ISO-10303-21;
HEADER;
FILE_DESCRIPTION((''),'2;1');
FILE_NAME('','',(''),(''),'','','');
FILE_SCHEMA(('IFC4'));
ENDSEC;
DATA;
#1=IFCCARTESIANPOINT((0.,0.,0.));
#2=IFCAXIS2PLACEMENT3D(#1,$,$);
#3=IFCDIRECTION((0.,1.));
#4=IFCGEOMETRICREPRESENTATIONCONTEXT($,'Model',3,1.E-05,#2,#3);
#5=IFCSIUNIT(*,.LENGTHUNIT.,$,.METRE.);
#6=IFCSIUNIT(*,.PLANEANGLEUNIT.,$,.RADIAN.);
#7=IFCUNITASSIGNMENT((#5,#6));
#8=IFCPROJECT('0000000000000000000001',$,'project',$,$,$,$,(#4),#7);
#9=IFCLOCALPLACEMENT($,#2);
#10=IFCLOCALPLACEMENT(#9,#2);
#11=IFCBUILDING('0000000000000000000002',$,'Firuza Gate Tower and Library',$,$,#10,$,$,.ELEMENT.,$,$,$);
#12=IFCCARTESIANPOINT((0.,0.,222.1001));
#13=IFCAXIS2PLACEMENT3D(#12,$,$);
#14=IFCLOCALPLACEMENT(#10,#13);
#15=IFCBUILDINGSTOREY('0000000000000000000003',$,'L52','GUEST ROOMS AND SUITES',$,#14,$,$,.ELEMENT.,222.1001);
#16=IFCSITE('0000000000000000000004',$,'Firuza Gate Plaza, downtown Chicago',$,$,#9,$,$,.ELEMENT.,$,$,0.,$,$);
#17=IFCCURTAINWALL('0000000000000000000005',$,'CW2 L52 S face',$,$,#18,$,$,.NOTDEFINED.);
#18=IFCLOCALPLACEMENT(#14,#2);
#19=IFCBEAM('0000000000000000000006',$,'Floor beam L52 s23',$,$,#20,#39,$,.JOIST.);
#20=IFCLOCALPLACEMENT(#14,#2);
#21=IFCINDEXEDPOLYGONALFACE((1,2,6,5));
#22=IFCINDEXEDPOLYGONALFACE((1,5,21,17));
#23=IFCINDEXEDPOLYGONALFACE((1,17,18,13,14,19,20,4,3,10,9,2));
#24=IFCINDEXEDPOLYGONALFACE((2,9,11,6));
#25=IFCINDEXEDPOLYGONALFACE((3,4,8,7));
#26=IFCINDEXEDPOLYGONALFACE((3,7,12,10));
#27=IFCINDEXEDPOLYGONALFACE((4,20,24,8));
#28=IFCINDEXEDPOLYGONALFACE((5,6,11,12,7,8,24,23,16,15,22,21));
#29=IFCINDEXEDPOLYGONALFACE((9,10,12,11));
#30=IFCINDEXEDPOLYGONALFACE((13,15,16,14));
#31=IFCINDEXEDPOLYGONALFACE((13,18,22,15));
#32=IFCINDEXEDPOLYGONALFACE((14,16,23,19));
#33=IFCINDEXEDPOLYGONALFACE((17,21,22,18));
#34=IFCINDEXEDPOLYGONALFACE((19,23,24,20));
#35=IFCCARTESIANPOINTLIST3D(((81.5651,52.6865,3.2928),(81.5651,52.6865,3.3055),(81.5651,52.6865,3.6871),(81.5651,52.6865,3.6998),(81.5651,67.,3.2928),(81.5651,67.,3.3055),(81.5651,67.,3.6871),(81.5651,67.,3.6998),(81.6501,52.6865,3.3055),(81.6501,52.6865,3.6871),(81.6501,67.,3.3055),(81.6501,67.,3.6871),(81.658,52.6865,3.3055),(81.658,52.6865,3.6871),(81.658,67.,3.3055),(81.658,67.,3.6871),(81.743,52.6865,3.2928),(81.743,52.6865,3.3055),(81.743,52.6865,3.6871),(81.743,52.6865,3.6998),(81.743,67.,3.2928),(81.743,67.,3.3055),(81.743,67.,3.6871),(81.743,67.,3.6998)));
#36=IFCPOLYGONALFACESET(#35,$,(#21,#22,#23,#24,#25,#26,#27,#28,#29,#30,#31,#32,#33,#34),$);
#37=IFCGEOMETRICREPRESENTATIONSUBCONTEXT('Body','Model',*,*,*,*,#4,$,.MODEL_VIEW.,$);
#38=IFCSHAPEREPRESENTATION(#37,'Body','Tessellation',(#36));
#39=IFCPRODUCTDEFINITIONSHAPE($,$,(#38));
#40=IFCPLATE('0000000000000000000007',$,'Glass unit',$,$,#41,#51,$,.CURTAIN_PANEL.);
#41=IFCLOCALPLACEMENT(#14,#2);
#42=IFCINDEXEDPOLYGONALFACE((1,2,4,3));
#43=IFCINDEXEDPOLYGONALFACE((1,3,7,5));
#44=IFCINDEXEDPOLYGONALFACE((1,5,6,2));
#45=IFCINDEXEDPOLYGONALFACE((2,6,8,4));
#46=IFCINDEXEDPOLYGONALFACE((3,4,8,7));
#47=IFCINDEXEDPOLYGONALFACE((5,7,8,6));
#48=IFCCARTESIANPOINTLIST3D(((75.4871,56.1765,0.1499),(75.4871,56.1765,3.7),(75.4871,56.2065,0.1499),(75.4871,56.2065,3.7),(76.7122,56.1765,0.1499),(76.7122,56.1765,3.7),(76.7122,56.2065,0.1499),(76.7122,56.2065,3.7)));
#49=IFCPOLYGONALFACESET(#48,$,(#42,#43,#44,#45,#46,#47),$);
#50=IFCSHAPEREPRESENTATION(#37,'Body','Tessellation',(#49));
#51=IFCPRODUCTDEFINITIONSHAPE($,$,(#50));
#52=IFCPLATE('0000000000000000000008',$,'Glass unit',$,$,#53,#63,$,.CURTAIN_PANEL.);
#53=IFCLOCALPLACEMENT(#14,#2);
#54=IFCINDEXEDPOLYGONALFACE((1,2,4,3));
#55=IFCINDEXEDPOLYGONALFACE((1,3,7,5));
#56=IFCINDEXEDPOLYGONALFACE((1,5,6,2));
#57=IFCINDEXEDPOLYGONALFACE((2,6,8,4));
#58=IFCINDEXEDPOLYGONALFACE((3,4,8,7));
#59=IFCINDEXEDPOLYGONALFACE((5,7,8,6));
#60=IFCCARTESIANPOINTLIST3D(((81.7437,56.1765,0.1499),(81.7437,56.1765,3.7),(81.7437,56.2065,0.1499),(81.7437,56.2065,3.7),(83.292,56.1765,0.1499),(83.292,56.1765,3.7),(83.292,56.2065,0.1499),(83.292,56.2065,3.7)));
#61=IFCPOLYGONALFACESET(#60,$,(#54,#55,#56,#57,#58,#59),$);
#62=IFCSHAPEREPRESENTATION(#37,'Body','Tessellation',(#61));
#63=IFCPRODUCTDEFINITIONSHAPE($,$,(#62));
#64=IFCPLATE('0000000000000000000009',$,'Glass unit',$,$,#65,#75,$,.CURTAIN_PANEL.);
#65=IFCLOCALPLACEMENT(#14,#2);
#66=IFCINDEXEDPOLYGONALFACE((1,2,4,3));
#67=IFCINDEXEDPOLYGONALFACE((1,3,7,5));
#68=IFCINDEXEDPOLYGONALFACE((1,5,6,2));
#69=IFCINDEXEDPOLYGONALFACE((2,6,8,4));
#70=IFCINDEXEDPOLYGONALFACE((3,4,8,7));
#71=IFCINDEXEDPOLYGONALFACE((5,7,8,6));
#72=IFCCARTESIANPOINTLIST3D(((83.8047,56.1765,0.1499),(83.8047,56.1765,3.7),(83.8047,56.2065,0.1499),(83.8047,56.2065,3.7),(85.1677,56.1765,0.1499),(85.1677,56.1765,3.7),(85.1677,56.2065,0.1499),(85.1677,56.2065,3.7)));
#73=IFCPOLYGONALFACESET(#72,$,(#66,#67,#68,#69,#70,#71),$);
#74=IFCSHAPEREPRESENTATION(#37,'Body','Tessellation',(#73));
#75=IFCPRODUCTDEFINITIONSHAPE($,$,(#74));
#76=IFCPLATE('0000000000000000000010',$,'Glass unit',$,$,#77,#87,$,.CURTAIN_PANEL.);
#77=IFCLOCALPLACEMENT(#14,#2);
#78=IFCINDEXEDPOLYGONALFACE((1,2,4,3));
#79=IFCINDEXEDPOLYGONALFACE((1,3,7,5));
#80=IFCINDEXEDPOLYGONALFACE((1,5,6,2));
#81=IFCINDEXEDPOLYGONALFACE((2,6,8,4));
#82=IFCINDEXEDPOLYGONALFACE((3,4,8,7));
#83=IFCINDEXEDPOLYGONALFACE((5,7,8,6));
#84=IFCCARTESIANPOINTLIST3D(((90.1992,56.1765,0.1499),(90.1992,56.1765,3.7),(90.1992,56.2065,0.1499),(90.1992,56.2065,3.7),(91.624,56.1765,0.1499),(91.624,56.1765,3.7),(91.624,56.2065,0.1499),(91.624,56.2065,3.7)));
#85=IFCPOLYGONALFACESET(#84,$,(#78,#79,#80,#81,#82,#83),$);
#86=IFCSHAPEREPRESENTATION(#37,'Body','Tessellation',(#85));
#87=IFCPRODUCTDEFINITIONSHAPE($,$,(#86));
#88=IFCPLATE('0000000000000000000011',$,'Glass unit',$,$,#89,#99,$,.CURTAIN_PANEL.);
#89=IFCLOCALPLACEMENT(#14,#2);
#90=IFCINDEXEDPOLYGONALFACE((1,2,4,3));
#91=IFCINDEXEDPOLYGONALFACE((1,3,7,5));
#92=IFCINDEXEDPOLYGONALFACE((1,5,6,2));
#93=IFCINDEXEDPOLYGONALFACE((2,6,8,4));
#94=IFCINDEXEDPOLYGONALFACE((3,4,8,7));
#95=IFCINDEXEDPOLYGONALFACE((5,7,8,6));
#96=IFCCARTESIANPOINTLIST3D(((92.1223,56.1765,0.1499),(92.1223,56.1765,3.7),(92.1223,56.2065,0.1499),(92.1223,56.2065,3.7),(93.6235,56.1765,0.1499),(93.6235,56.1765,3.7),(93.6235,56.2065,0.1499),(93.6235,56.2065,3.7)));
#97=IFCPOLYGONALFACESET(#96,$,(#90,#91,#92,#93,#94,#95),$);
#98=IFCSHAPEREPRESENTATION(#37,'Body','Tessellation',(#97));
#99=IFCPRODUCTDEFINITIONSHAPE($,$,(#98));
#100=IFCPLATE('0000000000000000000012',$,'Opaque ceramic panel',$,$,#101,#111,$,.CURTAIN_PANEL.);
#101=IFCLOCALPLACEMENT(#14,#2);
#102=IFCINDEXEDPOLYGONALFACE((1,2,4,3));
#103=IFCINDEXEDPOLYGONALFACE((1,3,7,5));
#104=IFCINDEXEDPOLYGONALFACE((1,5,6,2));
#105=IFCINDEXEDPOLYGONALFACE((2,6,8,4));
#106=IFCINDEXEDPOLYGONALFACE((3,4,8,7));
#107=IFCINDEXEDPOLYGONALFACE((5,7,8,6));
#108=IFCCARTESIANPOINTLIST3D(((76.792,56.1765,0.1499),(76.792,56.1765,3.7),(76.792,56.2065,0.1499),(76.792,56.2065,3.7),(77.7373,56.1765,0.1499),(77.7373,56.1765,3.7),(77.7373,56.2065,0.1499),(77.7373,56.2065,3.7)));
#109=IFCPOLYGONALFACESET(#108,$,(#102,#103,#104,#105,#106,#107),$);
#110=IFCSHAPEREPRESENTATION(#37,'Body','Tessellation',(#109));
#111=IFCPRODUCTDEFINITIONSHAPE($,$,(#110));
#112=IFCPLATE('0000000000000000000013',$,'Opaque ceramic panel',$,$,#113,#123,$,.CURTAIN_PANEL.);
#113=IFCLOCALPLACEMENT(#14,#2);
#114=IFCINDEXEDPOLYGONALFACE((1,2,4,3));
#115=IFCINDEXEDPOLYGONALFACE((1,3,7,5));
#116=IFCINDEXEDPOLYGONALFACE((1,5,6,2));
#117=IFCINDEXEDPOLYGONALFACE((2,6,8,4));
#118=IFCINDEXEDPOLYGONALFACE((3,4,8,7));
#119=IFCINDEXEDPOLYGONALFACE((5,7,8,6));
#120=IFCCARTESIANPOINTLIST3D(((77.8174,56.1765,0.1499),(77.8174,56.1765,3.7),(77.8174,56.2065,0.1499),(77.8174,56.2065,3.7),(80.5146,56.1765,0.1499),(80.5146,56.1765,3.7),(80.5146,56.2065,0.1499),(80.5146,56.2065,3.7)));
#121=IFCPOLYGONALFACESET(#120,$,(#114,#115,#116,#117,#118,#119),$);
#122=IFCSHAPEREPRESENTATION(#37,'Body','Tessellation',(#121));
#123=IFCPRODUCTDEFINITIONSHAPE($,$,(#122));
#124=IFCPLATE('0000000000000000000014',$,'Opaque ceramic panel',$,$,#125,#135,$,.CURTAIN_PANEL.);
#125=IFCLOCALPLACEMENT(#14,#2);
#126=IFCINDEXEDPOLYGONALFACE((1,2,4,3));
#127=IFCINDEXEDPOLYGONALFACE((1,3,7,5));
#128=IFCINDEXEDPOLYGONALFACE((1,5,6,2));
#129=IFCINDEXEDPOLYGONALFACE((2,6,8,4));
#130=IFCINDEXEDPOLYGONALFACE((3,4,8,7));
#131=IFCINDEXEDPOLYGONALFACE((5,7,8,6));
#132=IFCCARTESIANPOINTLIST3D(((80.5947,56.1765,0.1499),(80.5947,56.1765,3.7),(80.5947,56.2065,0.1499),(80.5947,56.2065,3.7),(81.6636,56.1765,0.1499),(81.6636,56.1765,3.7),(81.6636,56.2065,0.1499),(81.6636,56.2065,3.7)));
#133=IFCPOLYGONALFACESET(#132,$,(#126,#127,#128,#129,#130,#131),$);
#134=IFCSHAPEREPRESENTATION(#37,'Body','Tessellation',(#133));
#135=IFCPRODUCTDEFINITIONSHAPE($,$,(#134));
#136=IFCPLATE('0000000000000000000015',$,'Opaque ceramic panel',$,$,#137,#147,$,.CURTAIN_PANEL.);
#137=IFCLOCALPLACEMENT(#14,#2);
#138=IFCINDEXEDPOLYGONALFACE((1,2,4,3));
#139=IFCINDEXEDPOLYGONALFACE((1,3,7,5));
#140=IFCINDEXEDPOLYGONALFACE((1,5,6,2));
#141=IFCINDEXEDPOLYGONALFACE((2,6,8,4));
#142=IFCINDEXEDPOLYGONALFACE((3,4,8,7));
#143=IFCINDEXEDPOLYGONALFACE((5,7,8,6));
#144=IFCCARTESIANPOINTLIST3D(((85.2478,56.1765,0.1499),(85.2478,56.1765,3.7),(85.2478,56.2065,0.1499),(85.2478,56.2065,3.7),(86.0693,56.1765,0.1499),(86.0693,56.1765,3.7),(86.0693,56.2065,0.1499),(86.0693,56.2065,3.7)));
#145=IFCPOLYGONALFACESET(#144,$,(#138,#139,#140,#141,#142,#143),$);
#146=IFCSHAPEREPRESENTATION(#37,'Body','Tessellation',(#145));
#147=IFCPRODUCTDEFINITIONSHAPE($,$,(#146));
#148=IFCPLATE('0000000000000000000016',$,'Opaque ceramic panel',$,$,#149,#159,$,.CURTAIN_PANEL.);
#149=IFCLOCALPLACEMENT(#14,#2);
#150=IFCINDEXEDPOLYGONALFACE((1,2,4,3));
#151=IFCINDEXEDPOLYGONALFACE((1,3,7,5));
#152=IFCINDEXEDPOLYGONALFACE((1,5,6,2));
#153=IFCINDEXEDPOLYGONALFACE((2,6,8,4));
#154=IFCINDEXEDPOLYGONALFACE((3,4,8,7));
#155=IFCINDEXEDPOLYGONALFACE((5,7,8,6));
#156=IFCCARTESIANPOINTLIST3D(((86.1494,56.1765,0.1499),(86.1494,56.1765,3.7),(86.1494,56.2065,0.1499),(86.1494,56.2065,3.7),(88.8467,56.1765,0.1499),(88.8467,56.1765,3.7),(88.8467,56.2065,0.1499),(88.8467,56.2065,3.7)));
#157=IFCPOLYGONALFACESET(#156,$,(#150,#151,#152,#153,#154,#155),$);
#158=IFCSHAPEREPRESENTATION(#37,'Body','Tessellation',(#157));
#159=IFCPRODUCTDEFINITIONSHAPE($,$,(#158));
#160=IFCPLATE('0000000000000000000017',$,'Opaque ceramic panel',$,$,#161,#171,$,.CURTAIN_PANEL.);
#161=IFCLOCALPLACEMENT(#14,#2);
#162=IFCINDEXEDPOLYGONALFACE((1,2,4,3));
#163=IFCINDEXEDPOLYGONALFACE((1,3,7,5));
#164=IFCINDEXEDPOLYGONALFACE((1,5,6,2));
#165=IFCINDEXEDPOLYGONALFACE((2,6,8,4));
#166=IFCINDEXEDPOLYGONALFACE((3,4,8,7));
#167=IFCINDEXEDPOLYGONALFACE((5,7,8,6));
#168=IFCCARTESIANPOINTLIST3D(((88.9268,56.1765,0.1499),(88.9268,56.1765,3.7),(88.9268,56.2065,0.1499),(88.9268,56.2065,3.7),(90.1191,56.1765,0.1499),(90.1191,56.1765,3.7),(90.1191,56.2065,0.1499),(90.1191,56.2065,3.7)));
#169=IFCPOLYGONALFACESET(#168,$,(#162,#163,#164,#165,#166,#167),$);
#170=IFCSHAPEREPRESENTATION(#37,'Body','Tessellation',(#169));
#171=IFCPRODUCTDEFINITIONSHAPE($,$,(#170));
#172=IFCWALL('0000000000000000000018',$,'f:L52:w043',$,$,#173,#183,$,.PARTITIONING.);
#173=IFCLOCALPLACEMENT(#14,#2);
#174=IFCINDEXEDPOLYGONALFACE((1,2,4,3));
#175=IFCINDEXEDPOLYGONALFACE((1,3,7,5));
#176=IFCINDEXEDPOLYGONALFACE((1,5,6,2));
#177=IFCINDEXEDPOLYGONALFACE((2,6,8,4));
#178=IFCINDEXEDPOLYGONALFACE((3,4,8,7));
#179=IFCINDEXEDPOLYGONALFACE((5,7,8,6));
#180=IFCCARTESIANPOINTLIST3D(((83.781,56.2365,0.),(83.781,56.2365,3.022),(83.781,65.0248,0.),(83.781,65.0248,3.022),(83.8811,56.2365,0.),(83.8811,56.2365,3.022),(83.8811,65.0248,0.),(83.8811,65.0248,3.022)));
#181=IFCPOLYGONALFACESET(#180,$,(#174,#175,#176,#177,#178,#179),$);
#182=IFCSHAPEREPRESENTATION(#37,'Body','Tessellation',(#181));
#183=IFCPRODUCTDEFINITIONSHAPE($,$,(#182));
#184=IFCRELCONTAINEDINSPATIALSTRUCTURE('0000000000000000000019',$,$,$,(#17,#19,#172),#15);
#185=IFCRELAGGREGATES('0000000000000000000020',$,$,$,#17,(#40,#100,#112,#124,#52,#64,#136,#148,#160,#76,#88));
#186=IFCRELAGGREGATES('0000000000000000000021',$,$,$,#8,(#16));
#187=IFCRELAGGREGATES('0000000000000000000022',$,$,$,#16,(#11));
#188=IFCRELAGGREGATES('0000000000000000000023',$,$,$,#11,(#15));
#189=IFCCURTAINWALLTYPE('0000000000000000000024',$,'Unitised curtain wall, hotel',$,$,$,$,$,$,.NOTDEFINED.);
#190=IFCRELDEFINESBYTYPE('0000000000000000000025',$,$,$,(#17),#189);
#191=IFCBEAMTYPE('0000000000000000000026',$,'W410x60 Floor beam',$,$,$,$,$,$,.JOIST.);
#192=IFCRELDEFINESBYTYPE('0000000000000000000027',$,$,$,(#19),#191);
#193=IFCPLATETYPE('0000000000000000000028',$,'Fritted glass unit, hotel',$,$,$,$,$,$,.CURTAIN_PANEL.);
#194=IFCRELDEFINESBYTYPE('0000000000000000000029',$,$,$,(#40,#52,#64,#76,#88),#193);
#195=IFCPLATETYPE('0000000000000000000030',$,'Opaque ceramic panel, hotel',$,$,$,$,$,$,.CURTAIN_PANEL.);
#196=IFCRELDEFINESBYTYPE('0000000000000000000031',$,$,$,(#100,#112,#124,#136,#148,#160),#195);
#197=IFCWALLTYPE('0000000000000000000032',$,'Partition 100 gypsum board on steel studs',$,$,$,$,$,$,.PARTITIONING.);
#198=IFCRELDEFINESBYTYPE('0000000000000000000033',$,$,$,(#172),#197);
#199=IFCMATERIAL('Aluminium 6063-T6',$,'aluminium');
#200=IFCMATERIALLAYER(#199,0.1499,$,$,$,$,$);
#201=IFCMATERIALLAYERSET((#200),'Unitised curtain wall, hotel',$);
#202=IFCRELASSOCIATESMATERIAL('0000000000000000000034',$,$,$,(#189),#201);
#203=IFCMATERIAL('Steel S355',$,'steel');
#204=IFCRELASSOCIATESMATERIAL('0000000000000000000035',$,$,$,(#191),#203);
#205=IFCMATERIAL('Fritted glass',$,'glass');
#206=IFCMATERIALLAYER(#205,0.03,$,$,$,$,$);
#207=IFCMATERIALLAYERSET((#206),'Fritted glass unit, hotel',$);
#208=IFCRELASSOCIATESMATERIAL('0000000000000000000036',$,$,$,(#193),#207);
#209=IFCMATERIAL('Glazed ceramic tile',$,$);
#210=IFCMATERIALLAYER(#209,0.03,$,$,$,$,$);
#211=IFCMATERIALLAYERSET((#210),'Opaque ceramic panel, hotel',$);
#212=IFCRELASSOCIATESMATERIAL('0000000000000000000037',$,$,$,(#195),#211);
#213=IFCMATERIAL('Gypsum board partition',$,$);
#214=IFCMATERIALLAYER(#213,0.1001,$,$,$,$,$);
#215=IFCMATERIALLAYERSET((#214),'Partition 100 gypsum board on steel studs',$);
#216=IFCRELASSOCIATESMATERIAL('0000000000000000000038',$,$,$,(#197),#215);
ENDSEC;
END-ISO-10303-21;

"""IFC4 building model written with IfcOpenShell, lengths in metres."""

from ifc_helpers import new_model, si_unit, direction, frame, frame_2d, origin, origin_2d, place, context, subcontext, project, spatial, polyline, rectangle, i_section, outline, extrude, material, layer, layer_set, material_profile, profile_set, type_object, element, aggregate, save


model = new_model("IFC4")

# Units and contexts
model_context = context("Model", 3, precision=1e-05, world=origin(), true_north=direction((0.0, 1.0)))
body_context = subcontext(model_context, "Body", "Model", "MODEL_VIEW")
ifc_project = project(units=[si_unit("LENGTHUNIT", "METRE"), si_unit("PLANEANGLEUNIT", "RADIAN")], contexts=[model_context])

# Site, building, storey
site_placement = place(None, origin())
site = spatial("IfcSite", under=ifc_project, at=site_placement, Name="Firuza Gate Plaza, downtown Chicago", CompositionType="ELEMENT", RefElevation=0.0)
building_placement = place(site_placement, origin())
building = spatial("IfcBuilding", under=site, at=building_placement, Name="Firuza Gate Tower and Library", CompositionType="ELEMENT")
storey_placement = place(building_placement, frame((0.0, 0.0, 222.1001)))
storey = spatial("IfcBuildingStorey", under=building, at=storey_placement, Name="L52", Description="GUEST ROOMS AND SUITES", CompositionType="ELEMENT", Elevation=222.1001)

# Curtain wall
ifc_material_1 = material(Name="Aluminium 6063-T6", Category="aluminium")
ifc_layer_1 = layer(ifc_material_1, 0.1499)
ifc_layer_set_1 = layer_set([ifc_layer_1], Name="Unitised curtain wall, hotel")
curtain_wall_type = type_object("IfcCurtainWallType", Name="Unitised curtain wall, hotel", PredefinedType="NOTDEFINED", material=ifc_layer_set_1)
curtain_wall_placement = place(storey_placement, origin())
curtain_wall = element("IfcCurtainWall", 1, at=curtain_wall_placement, inside=storey, type_object=curtain_wall_type, Name="CW2 L52 S face", PredefinedType="NOTDEFINED")

# Beam
ifc_material_2 = material(Name="Steel S355", Category="steel")
ifc_material_profile_1 = material_profile(ifc_material_2, i_section(OverallWidth=0.178, OverallDepth=0.407, WebThickness=0.0078, FlangeThickness=0.0127, at=origin_2d()))
ifc_profile_set_1 = profile_set([ifc_material_profile_1], Name="Steel S355")
beam_type_1 = type_object("IfcBeamType", Name="W410x60 Floor beam", PredefinedType="JOIST", material=ifc_profile_set_1)
beam_1_placement = place(storey_placement, frame((81.6541, 52.6865, 3.4963), z_axis=(0.0, 1.0, 0.0), x_axis=(-1.0, 0.0, 0.0)))
element("IfcBeam", 2, at=beam_1_placement, inside=storey, type_object=beam_type_1, Name="Floor beam L52 s23", PredefinedType="JOIST", context=body_context, shape_type="SweptSolid", body=[
    extrude(i_section(OverallWidth=0.178, OverallDepth=0.407, WebThickness=0.0078, FlangeThickness=0.0127, at=origin_2d()), origin(), (0.0, 0.0, 1.0), 14.3135),
])

# Plates
ifc_material_3 = material(Name="Fritted glass", Category="glass")
ifc_layer_2 = layer(ifc_material_3, 0.03)
ifc_layer_set_2 = layer_set([ifc_layer_2], Name="Fritted glass unit, hotel")
plate_type_1 = type_object("IfcPlateType", Name="Fritted glass unit, hotel", PredefinedType="CURTAIN_PANEL", material=ifc_layer_set_2)
plate_1_placement = place(storey_placement, frame((75.4871, 56.1765, 0.1499), z_axis=(0.0, -1.0, 0.0), x_axis=(1.0, 0.0, 0.0)))
plate_1 = element("IfcPlate", 3, at=plate_1_placement, type_object=plate_type_1, Name="Glass unit", PredefinedType="CURTAIN_PANEL", context=body_context, shape_type="SweptSolid", body=[
    extrude(outline(polyline([(0.0, 0.0), (1.2251, 0.0), (1.2251, 3.55), (0.0, 3.55), (0.0, 0.0)])), origin(), (0.0, 0.0, -1.0), 0.03),
])
plate_2_placement = place(storey_placement, frame((81.7437, 56.1765, 0.1499), z_axis=(0.0, -1.0, 0.0), x_axis=(1.0, 0.0, 0.0)))
plate_2 = element("IfcPlate", 4, at=plate_2_placement, type_object=plate_type_1, Name="Glass unit", PredefinedType="CURTAIN_PANEL", context=body_context, shape_type="SweptSolid", body=[
    extrude(outline(polyline([(0.0, 0.0), (1.5483, 0.0), (1.5483, 3.55), (0.0, 3.55), (0.0, 0.0)])), origin(), (0.0, 0.0, -1.0), 0.03),
])
plate_3_placement = place(storey_placement, frame((83.8047, 56.1765, 0.1499), z_axis=(0.0, -1.0, 0.0), x_axis=(1.0, 0.0, 0.0)))
plate_3 = element("IfcPlate", 5, at=plate_3_placement, type_object=plate_type_1, Name="Glass unit", PredefinedType="CURTAIN_PANEL", context=body_context, shape_type="SweptSolid", body=[
    extrude(outline(polyline([(0.0, 0.0), (1.363, 0.0), (1.363, 3.55), (0.0, 3.55), (0.0, 0.0)])), origin(), (0.0, 0.0, -1.0), 0.03),
])
plate_4_placement = place(storey_placement, frame((90.1992, 56.1765, 0.1499), z_axis=(0.0, -1.0, 0.0), x_axis=(1.0, 0.0, 0.0)))
plate_4 = element("IfcPlate", 6, at=plate_4_placement, type_object=plate_type_1, Name="Glass unit", PredefinedType="CURTAIN_PANEL", context=body_context, shape_type="SweptSolid", body=[
    extrude(outline(polyline([(0.0, 0.0), (1.4248, 0.0), (1.4248, 3.55), (0.0, 3.55), (0.0, 0.0)])), origin(), (0.0, 0.0, -1.0), 0.03),
])
plate_5_placement = place(storey_placement, frame((92.1223, 56.1765, 0.1499), z_axis=(0.0, -1.0, 0.0), x_axis=(1.0, 0.0, 0.0)))
plate_5 = element("IfcPlate", 7, at=plate_5_placement, type_object=plate_type_1, Name="Glass unit", PredefinedType="CURTAIN_PANEL", context=body_context, shape_type="SweptSolid", body=[
    extrude(outline(polyline([(0.0, 0.0), (1.5012, 0.0), (1.5012, 3.55), (0.0, 3.55), (0.0, 0.0)])), origin(), (0.0, 0.0, -1.0), 0.03),
])
ifc_material_4 = material(Name="Glazed ceramic tile")
ifc_layer_3 = layer(ifc_material_4, 0.03)
ifc_layer_set_3 = layer_set([ifc_layer_3], Name="Opaque ceramic panel, hotel")
plate_type_2 = type_object("IfcPlateType", Name="Opaque ceramic panel, hotel", PredefinedType="CURTAIN_PANEL", material=ifc_layer_set_3)
plate_6_placement = place(storey_placement, frame((76.792, 56.1765, 0.1499), z_axis=(0.0, -1.0, 0.0), x_axis=(1.0, 0.0, 0.0)))
plate_6 = element("IfcPlate", 8, at=plate_6_placement, type_object=plate_type_2, Name="Opaque ceramic panel", PredefinedType="CURTAIN_PANEL", context=body_context, shape_type="SweptSolid", body=[
    extrude(outline(polyline([(0.0, 0.0), (0.9453, 0.0), (0.9453, 3.55), (0.0, 3.55), (0.0, 0.0)])), origin(), (0.0, 0.0, -1.0), 0.03),
])
plate_7_placement = place(storey_placement, frame((77.8174, 56.1765, 0.1499), z_axis=(0.0, -1.0, 0.0), x_axis=(1.0, 0.0, 0.0)))
plate_7 = element("IfcPlate", 9, at=plate_7_placement, type_object=plate_type_2, Name="Opaque ceramic panel", PredefinedType="CURTAIN_PANEL", context=body_context, shape_type="SweptSolid", body=[
    extrude(outline(polyline([(0.0, 0.0), (2.6973, 0.0), (2.6973, 3.55), (0.0, 3.55), (0.0, 0.0)])), origin(), (0.0, 0.0, -1.0), 0.03),
])
plate_8_placement = place(storey_placement, frame((80.5947, 56.1765, 0.1499), z_axis=(0.0, -1.0, 0.0), x_axis=(1.0, 0.0, 0.0)))
plate_8 = element("IfcPlate", 10, at=plate_8_placement, type_object=plate_type_2, Name="Opaque ceramic panel", PredefinedType="CURTAIN_PANEL", context=body_context, shape_type="SweptSolid", body=[
    extrude(outline(polyline([(0.0, 0.0), (1.0688, 0.0), (1.0688, 3.55), (0.0, 3.55), (0.0, 0.0)])), origin(), (0.0, 0.0, -1.0), 0.03),
])
plate_9_placement = place(storey_placement, frame((85.2478, 56.1765, 0.1499), z_axis=(0.0, -1.0, 0.0), x_axis=(1.0, 0.0, 0.0)))
plate_9 = element("IfcPlate", 11, at=plate_9_placement, type_object=plate_type_2, Name="Opaque ceramic panel", PredefinedType="CURTAIN_PANEL", context=body_context, shape_type="SweptSolid", body=[
    extrude(outline(polyline([(0.0, 0.0), (0.8215, 0.0), (0.8215, 3.55), (0.0, 3.55), (0.0, 0.0)])), origin(), (0.0, 0.0, -1.0), 0.03),
])
plate_10_placement = place(storey_placement, frame((86.1494, 56.1765, 0.1499), z_axis=(0.0, -1.0, 0.0), x_axis=(1.0, 0.0, 0.0)))
plate_10 = element("IfcPlate", 12, at=plate_10_placement, type_object=plate_type_2, Name="Opaque ceramic panel", PredefinedType="CURTAIN_PANEL", context=body_context, shape_type="SweptSolid", body=[
    extrude(outline(polyline([(0.0, 0.0), (2.6973, 0.0), (2.6973, 3.55), (0.0, 3.55), (0.0, 0.0)])), origin(), (0.0, 0.0, -1.0), 0.03),
])
plate_11_placement = place(storey_placement, frame((88.9268, 56.1765, 0.1499), z_axis=(0.0, -1.0, 0.0), x_axis=(1.0, 0.0, 0.0)))
plate_11 = element("IfcPlate", 13, at=plate_11_placement, type_object=plate_type_2, Name="Opaque ceramic panel", PredefinedType="CURTAIN_PANEL", context=body_context, shape_type="SweptSolid", body=[
    extrude(outline(polyline([(0.0, 0.0), (1.1924, 0.0), (1.1924, 3.55), (0.0, 3.55), (0.0, 0.0)])), origin(), (0.0, 0.0, -1.0), 0.03),
])
aggregate(curtain_wall, [plate_1, plate_6, plate_7, plate_8, plate_2, plate_3, plate_9, plate_10, plate_11, plate_4, plate_5])

# Wall
ifc_material_5 = material(Name="Gypsum board partition")
ifc_layer_4 = layer(ifc_material_5, 0.1001)
ifc_layer_set_4 = layer_set([ifc_layer_4], Name="Partition 100 gypsum board on steel studs")
wall_type = type_object("IfcWallType", Name="Partition 100 gypsum board on steel studs", PredefinedType="PARTITIONING", material=ifc_layer_set_4)
wall_placement = place(storey_placement, frame((83.8311, 56.2366, 0.0), z_axis=(0.0, 0.0, 1.0), x_axis=(0.0, 1.0, 0.0)))
element("IfcWall", 14, at=wall_placement, inside=storey, type_object=wall_type, Name="f:L52:w043", PredefinedType="PARTITIONING", context=body_context, shape_type="SweptSolid", body=[
    extrude(rectangle(XDim=8.7883, YDim=0.1001, at=frame_2d((4.394, 0.0))), origin(), (0.0, 0.0, 1.0), 3.022),
])

save(model, "model.ifc")
